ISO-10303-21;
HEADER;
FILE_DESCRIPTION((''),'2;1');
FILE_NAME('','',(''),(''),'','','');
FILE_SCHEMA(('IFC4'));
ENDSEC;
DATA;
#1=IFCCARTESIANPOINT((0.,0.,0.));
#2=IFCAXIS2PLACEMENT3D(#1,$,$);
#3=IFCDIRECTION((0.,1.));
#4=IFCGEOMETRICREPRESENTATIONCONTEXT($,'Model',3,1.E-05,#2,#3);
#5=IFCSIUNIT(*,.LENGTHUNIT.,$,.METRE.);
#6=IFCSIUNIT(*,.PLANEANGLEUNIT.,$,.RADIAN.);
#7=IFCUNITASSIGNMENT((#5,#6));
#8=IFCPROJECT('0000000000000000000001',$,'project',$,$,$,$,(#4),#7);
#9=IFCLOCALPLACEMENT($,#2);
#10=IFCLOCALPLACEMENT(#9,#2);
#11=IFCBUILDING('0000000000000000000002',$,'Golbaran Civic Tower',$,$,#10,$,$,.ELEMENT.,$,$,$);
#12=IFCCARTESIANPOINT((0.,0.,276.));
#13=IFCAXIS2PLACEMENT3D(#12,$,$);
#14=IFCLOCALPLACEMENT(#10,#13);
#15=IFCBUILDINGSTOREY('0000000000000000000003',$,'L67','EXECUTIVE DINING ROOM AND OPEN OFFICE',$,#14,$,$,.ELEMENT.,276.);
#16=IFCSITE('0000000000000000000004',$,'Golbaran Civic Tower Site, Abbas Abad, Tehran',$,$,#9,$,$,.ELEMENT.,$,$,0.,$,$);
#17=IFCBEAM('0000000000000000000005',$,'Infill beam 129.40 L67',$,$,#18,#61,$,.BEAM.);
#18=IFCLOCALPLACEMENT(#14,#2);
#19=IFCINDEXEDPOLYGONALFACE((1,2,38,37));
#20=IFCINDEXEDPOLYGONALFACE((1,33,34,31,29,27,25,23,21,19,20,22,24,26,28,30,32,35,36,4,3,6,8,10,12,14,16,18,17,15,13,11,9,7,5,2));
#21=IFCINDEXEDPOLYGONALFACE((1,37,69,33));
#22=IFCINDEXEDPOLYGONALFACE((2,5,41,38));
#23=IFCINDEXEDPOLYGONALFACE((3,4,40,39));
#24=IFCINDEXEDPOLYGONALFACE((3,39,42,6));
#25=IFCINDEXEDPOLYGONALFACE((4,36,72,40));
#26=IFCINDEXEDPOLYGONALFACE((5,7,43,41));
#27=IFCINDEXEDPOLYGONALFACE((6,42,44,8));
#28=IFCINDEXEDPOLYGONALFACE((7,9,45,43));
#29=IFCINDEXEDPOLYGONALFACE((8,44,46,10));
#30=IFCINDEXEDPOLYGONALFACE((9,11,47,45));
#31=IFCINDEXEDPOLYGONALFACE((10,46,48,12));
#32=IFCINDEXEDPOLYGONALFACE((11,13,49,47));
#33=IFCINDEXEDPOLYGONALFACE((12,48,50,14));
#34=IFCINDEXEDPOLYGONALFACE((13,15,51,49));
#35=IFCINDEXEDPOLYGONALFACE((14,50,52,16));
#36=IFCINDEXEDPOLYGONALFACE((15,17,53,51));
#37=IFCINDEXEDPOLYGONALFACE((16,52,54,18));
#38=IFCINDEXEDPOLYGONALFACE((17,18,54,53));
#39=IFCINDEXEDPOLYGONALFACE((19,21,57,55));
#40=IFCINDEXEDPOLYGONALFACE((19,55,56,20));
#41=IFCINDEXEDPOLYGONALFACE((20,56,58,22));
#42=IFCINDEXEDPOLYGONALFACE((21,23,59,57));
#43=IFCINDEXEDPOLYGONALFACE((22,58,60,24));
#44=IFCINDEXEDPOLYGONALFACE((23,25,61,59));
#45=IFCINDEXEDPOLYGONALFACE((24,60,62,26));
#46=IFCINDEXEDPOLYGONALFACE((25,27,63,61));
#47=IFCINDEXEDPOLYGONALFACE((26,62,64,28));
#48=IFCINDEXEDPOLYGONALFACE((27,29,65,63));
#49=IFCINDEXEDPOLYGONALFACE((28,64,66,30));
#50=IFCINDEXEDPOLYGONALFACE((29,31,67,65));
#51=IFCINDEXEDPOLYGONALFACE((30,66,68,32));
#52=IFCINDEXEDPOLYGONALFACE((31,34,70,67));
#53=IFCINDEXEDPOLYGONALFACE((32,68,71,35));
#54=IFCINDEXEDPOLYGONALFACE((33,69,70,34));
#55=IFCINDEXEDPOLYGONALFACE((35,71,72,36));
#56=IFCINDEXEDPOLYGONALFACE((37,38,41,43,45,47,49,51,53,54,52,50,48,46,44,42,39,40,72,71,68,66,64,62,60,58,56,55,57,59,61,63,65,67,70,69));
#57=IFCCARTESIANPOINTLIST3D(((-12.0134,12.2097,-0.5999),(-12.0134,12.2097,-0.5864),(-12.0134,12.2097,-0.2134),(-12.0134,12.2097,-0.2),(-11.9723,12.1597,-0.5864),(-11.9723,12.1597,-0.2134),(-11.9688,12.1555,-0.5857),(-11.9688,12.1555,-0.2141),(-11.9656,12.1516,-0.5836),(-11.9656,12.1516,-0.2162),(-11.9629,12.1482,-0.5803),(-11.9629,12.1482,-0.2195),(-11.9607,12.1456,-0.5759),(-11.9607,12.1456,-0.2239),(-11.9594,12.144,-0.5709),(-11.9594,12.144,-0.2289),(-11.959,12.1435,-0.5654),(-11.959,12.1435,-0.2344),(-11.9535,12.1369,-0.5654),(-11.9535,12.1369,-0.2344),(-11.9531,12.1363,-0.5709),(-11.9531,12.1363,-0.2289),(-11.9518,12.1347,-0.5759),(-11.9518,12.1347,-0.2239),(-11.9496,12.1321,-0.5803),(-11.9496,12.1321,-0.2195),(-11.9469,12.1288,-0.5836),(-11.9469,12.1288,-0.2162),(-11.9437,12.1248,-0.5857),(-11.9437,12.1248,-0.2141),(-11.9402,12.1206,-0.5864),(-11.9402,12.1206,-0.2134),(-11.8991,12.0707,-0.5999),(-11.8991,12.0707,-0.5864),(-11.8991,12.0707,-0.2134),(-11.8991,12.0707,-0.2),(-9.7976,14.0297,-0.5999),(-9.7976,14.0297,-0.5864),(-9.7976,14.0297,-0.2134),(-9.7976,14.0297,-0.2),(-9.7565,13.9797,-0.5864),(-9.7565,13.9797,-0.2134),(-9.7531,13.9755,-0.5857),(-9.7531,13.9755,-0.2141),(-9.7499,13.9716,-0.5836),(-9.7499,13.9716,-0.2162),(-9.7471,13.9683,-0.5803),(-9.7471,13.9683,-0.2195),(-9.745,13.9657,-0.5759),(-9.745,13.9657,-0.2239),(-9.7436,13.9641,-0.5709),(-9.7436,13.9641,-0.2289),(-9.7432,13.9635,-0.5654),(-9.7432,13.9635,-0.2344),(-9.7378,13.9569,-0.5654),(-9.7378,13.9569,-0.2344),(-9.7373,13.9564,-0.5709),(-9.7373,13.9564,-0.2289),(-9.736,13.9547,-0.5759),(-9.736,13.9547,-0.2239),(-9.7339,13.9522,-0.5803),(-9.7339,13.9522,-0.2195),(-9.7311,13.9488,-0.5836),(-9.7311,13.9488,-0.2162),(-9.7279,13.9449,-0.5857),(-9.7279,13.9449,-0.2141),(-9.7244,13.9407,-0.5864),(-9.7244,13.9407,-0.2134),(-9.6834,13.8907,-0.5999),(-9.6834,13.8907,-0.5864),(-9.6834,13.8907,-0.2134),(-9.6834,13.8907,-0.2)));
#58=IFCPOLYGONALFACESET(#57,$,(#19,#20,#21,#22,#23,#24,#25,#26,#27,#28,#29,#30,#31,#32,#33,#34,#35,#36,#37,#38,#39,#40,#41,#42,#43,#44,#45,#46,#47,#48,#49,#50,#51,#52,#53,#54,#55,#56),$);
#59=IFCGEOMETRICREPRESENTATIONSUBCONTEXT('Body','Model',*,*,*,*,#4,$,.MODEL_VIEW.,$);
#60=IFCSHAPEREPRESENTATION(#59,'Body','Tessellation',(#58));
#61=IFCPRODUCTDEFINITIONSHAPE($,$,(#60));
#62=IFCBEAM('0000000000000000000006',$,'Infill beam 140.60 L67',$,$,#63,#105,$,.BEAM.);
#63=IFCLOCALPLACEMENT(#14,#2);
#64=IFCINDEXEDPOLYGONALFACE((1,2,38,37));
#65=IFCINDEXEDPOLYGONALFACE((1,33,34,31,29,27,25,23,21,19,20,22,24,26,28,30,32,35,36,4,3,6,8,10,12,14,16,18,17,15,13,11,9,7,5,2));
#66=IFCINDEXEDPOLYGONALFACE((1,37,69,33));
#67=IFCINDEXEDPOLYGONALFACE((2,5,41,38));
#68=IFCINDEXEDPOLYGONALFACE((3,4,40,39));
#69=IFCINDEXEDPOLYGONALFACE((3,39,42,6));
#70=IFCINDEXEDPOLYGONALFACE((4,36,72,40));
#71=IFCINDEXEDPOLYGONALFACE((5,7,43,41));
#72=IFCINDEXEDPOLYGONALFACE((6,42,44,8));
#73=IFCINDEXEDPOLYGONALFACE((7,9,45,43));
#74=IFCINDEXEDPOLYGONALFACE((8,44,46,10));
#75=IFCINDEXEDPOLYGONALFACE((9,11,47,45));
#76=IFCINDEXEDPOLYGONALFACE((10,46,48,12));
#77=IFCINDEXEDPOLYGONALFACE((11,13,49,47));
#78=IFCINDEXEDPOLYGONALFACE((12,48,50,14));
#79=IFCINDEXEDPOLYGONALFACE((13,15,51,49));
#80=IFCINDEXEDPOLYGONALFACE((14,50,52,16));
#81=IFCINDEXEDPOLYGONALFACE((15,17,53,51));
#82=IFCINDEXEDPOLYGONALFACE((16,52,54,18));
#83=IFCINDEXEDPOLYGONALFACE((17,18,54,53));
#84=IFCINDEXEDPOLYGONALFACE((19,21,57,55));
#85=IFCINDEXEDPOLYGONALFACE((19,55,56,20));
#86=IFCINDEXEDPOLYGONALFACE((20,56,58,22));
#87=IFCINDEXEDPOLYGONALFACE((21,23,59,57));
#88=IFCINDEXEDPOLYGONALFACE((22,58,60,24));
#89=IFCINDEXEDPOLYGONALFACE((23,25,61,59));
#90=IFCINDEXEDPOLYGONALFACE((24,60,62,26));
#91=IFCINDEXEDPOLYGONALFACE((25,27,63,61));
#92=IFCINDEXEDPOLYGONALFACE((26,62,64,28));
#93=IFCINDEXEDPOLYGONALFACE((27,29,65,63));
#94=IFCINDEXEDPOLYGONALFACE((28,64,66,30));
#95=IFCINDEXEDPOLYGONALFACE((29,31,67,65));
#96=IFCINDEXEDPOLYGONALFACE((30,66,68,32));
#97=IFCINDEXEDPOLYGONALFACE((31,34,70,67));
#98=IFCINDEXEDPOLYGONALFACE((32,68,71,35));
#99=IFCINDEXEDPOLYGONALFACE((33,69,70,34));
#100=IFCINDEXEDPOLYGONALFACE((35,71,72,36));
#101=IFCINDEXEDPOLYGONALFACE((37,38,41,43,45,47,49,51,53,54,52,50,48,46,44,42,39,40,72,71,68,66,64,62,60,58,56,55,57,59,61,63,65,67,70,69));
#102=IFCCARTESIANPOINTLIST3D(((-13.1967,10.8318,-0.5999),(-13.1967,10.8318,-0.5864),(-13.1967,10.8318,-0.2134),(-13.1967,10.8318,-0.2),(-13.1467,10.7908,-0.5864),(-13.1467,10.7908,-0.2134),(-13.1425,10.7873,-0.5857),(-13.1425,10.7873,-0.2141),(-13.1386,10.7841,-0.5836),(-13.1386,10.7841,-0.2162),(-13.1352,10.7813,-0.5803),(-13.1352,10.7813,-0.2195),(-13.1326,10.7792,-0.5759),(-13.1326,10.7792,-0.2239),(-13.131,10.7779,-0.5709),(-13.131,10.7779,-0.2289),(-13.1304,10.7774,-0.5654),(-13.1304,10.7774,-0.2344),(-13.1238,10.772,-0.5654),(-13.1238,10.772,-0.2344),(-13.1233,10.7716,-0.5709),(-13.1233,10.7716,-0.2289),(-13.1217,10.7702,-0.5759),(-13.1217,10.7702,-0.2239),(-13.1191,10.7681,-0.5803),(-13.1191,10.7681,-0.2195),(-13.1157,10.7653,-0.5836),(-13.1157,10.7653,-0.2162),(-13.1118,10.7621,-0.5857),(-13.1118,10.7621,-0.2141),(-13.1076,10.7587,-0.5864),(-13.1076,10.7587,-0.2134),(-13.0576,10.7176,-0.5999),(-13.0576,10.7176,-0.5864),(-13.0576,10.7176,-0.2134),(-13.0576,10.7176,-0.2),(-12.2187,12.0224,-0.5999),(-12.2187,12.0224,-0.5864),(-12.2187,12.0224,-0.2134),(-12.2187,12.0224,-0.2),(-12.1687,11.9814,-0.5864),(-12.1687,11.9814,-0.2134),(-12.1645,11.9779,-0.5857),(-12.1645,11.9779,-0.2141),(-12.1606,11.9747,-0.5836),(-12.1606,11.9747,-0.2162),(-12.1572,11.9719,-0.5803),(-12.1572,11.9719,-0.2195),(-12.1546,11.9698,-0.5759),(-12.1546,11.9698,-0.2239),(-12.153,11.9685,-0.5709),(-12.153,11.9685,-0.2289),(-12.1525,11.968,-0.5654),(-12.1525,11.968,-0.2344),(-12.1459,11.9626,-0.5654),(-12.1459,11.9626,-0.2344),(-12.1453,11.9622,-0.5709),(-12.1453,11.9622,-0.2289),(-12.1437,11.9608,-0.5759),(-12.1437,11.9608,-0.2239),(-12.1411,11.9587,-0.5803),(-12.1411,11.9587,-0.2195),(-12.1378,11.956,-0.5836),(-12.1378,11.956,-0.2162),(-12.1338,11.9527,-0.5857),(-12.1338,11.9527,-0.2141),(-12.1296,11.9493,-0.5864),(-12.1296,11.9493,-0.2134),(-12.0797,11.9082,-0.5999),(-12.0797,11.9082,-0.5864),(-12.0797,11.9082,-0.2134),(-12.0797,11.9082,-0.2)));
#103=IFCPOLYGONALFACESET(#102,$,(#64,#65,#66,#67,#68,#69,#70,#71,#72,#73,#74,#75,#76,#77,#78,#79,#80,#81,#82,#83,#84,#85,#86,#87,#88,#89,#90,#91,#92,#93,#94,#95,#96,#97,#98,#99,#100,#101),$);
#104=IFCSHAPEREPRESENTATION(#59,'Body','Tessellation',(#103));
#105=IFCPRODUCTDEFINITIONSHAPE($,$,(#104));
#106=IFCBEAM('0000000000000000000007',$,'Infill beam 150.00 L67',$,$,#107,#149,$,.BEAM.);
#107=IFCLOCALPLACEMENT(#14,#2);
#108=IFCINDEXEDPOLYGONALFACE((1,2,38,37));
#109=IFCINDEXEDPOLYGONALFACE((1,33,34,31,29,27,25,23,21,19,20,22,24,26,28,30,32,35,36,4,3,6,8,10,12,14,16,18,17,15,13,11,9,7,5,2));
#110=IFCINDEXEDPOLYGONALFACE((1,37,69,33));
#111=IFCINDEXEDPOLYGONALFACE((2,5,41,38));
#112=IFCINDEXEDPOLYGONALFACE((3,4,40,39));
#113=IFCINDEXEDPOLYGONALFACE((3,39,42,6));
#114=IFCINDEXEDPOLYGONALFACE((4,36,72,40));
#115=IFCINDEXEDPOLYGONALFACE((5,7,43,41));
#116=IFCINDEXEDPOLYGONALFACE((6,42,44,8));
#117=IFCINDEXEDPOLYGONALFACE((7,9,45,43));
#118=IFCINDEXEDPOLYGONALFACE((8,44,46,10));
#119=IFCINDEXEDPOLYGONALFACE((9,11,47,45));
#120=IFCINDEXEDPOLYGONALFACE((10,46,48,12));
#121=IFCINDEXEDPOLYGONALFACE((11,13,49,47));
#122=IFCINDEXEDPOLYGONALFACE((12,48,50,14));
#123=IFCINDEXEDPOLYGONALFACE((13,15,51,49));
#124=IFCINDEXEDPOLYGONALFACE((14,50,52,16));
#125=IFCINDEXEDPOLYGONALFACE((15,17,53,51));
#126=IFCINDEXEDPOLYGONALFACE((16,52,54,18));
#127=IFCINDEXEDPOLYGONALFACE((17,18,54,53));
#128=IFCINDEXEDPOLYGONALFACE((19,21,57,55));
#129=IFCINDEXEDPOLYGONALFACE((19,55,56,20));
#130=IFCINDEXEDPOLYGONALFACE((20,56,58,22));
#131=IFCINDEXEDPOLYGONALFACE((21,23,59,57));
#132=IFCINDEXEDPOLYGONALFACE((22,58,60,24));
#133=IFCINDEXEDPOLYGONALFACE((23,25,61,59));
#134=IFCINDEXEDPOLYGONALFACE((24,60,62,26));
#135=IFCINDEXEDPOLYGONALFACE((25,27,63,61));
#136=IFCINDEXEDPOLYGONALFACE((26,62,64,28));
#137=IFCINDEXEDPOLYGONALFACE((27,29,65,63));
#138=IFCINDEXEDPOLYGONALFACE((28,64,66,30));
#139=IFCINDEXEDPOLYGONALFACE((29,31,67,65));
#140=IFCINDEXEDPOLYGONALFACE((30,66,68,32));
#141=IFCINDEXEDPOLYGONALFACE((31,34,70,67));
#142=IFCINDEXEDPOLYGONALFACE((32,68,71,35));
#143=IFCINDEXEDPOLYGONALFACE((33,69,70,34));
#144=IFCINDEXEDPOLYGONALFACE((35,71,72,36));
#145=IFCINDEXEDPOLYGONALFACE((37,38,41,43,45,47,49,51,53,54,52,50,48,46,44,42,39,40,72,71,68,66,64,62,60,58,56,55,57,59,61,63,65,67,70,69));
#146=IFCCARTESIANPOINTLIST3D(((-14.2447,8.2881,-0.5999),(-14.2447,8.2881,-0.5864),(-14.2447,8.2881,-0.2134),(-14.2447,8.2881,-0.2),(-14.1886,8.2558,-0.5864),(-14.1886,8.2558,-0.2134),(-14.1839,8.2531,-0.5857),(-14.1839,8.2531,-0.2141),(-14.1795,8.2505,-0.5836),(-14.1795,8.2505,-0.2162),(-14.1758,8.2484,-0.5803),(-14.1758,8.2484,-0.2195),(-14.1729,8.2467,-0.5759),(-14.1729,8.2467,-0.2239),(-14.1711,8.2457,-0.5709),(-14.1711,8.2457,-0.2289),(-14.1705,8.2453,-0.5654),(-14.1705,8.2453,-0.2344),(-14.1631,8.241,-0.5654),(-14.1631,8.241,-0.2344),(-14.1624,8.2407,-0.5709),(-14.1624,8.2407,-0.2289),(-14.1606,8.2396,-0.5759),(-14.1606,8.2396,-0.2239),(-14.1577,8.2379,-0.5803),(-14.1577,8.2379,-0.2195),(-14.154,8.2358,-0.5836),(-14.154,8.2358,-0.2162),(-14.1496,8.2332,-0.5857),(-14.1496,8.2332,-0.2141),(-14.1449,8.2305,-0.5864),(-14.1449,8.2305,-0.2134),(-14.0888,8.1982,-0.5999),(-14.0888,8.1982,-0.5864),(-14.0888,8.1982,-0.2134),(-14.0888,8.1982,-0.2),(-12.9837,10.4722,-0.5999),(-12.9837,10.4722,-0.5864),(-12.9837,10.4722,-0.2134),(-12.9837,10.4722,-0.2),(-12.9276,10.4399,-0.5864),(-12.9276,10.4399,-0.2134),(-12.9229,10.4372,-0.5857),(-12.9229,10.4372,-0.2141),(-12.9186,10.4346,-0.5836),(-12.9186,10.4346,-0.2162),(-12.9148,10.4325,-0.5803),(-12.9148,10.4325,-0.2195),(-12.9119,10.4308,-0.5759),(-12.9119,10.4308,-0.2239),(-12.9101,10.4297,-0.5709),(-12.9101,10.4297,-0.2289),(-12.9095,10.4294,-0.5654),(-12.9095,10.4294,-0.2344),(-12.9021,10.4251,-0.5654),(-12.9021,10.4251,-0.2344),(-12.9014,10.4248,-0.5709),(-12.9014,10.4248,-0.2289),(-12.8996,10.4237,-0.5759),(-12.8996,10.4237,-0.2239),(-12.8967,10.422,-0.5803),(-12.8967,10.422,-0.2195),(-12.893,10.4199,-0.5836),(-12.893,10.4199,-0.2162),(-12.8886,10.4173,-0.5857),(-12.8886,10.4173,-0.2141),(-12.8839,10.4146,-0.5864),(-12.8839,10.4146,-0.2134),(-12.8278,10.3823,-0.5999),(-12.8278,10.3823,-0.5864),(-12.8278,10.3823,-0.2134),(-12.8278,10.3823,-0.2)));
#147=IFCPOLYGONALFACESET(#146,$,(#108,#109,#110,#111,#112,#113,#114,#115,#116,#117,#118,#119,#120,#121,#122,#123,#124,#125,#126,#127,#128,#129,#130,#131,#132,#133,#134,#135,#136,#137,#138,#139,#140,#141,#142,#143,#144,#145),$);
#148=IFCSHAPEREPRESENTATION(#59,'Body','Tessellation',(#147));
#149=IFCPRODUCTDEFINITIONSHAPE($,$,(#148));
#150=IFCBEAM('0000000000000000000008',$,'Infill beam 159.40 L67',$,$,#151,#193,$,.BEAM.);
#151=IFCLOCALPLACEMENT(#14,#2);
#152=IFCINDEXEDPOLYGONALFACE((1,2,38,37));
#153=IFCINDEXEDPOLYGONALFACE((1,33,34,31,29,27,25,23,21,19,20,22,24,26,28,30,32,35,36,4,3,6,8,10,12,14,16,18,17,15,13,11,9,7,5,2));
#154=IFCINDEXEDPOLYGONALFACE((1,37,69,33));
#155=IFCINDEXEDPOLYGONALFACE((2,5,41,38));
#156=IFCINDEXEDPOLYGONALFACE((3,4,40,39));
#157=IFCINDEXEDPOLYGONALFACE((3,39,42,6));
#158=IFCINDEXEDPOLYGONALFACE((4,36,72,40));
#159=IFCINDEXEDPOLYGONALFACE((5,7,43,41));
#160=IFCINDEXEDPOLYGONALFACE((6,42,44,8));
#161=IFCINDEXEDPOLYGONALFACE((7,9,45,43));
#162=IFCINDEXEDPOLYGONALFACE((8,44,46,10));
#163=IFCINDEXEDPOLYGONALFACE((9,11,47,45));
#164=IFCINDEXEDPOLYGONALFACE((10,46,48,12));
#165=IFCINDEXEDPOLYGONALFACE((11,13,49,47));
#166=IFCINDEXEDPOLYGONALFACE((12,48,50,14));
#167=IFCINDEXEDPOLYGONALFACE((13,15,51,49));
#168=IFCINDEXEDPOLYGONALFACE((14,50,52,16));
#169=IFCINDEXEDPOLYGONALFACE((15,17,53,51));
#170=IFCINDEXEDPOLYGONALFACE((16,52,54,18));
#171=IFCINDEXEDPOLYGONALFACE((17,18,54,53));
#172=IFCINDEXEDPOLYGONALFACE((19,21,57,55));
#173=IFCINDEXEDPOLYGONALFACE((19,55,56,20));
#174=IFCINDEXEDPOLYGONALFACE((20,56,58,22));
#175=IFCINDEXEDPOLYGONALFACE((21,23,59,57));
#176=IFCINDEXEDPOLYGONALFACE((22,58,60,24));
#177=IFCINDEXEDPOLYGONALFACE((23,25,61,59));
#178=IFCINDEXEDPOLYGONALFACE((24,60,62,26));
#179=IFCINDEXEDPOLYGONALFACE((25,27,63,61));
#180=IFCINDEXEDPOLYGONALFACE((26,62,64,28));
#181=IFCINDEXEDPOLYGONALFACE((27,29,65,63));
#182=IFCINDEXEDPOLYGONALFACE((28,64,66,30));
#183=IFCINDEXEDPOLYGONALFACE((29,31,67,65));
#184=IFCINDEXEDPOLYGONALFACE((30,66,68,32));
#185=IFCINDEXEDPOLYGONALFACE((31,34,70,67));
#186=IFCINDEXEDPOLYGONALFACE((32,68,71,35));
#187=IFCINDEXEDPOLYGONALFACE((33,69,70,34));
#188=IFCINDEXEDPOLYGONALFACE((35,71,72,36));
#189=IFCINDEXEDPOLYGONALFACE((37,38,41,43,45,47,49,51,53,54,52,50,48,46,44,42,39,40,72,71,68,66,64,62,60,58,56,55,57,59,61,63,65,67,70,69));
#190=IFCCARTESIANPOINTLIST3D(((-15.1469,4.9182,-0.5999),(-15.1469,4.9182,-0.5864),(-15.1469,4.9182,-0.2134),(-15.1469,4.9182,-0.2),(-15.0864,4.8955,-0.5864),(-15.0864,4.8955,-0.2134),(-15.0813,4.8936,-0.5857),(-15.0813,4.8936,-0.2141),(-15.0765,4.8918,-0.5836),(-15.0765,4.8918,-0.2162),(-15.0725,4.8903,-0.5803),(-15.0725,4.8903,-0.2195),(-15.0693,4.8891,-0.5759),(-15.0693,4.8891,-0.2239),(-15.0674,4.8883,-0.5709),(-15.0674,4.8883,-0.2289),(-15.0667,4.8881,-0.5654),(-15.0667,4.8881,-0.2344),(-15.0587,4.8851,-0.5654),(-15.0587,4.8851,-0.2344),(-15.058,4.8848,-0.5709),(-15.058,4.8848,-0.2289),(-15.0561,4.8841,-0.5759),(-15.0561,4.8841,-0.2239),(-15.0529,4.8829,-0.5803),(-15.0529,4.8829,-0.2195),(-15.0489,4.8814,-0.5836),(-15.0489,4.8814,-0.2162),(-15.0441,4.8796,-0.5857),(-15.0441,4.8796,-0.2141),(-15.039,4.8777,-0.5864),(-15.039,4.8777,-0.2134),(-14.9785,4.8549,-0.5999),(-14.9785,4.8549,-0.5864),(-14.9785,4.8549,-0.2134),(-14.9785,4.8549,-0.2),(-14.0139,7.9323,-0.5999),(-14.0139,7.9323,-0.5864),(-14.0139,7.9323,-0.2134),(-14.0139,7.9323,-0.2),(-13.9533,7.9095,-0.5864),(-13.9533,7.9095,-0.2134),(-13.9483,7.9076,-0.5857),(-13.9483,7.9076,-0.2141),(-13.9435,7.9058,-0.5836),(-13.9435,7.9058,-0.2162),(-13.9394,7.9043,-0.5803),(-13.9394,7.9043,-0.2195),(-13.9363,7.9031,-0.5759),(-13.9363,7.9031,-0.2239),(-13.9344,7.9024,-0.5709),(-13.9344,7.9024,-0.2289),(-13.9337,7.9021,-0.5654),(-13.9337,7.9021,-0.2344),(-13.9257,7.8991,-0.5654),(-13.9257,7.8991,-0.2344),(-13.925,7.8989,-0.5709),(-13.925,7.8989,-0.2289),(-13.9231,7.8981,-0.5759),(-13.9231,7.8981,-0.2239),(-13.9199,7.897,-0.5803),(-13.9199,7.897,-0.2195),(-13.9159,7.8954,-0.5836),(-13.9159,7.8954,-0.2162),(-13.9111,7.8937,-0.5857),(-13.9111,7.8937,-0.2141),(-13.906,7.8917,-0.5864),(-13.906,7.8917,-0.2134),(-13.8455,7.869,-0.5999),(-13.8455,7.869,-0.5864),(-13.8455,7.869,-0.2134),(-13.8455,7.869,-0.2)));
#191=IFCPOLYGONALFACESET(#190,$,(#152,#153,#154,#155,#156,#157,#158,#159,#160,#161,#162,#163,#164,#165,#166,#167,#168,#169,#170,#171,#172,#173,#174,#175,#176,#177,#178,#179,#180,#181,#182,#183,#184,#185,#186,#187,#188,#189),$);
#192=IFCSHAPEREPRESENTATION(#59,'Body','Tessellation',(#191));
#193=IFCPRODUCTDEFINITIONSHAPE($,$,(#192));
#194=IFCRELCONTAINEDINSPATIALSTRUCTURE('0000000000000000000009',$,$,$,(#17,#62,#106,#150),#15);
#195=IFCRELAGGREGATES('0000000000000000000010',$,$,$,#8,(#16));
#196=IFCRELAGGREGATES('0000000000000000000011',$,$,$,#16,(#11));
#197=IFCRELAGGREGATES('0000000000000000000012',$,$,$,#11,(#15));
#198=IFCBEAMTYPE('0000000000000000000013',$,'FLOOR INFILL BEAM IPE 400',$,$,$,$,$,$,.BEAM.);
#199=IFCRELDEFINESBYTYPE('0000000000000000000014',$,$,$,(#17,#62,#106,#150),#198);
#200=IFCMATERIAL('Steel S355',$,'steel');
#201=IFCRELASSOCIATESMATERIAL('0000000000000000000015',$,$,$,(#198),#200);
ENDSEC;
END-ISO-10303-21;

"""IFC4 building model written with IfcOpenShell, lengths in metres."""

from ifc_helpers import new_model, si_unit, direction, frame, origin, origin_2d, place, context, subcontext, project, spatial, i_section, extrude, material, material_profile, profile_set, type_object, element, save


model = new_model("IFC4")

# Units and contexts
model_context = context("Model", 3, precision=1e-05, world=origin(), true_north=direction((0.0, 1.0)))
body_context = subcontext(model_context, "Body", "Model", "MODEL_VIEW")
ifc_project = project(units=[si_unit("LENGTHUNIT", "METRE"), si_unit("PLANEANGLEUNIT", "RADIAN")], contexts=[model_context])

# Site, building, storey
site_placement = place(None, origin())
site = spatial("IfcSite", under=ifc_project, at=site_placement, Name="Golbaran Civic Tower Site, Abbas Abad, Tehran", CompositionType="ELEMENT", RefElevation=0.0)
building_placement = place(site_placement, origin())
building = spatial("IfcBuilding", under=site, at=building_placement, Name="Golbaran Civic Tower", CompositionType="ELEMENT")
storey_placement = place(building_placement, frame((0.0, 0.0, 276.0)))
storey = spatial("IfcBuildingStorey", under=building, at=storey_placement, Name="L67", Description="EXECUTIVE DINING ROOM AND OPEN OFFICE", CompositionType="ELEMENT", Elevation=276.0)

# Beams
ifc_material_1 = material(Name="Steel S355", Category="steel")
ifc_material_profile_1 = material_profile(ifc_material_1, i_section(OverallWidth=0.1799, OverallDepth=0.3999, WebThickness=0.0085, FlangeThickness=0.0134, FilletRadius=0.021, at=origin_2d()), Name="IPE 400")
ifc_profile_set_1 = profile_set([ifc_material_profile_1], Name="Steel S355")
beam_type_1 = type_object("IfcBeamType", Name="FLOOR INFILL BEAM IPE 400", PredefinedType="BEAM", material=ifc_profile_set_1)
beam_1_placement = place(storey_placement, frame((-9.7405, 13.9602, -0.3999), z_axis=(-0.772738, -0.634725, 0.0), x_axis=(0.634725, -0.772738, 0.0)))
element("IfcBeam", 1, at=beam_1_placement, inside=storey, type_object=beam_type_1, Name="Infill beam 129.40 L67", PredefinedType="BEAM", context=body_context, shape_type="SweptSolid", body=[
    extrude(i_section(OverallWidth=0.1799, OverallDepth=0.3999, WebThickness=0.0085, FlangeThickness=0.0134, FilletRadius=0.021, at=origin_2d()), origin(), (0.0, 0.0, 1.0), 2.8674),
])
beam_2_placement = place(storey_placement, frame((-12.1492, 11.9653, -0.3999), z_axis=(-0.634729, -0.772735, 0.0), x_axis=(0.772735, -0.634729, 0.0)))
element("IfcBeam", 2, at=beam_2_placement, inside=storey, type_object=beam_type_1, Name="Infill beam 140.60 L67", PredefinedType="BEAM", context=body_context, shape_type="SweptSolid", body=[
    extrude(i_section(OverallWidth=0.1799, OverallDepth=0.3999, WebThickness=0.0085, FlangeThickness=0.0134, FilletRadius=0.021, at=origin_2d()), origin(), (0.0, 0.0, 1.0), 1.5408),
])
beam_3_placement = place(storey_placement, frame((-12.9058, 10.4272, -0.3999), z_axis=(-0.500002, -0.866024, 0.0), x_axis=(0.866024, -0.500002, 0.0)))
element("IfcBeam", 3, at=beam_3_placement, inside=storey, type_object=beam_type_1, Name="Infill beam 150.00 L67", PredefinedType="BEAM", context=body_context, shape_type="SweptSolid", body=[
    extrude(i_section(OverallWidth=0.1799, OverallDepth=0.3999, WebThickness=0.0085, FlangeThickness=0.0134, FilletRadius=0.021, at=origin_2d()), origin(), (0.0, 0.0, 1.0), 2.522),
])
beam_4_placement = place(storey_placement, frame((-13.9297, 7.9006, -0.3999), z_axis=(-0.351871, -0.936048, 0.0), x_axis=(0.936048, -0.351871, 0.0)))
element("IfcBeam", 4, at=beam_4_placement, inside=storey, type_object=beam_type_1, Name="Infill beam 159.40 L67", PredefinedType="BEAM", context=body_context, shape_type="SweptSolid", body=[
    extrude(i_section(OverallWidth=0.1799, OverallDepth=0.3999, WebThickness=0.0085, FlangeThickness=0.0134, FilletRadius=0.021, at=origin_2d()), origin(), (0.0, 0.0, 1.0), 3.22),
])

save(model, "model.ifc")
